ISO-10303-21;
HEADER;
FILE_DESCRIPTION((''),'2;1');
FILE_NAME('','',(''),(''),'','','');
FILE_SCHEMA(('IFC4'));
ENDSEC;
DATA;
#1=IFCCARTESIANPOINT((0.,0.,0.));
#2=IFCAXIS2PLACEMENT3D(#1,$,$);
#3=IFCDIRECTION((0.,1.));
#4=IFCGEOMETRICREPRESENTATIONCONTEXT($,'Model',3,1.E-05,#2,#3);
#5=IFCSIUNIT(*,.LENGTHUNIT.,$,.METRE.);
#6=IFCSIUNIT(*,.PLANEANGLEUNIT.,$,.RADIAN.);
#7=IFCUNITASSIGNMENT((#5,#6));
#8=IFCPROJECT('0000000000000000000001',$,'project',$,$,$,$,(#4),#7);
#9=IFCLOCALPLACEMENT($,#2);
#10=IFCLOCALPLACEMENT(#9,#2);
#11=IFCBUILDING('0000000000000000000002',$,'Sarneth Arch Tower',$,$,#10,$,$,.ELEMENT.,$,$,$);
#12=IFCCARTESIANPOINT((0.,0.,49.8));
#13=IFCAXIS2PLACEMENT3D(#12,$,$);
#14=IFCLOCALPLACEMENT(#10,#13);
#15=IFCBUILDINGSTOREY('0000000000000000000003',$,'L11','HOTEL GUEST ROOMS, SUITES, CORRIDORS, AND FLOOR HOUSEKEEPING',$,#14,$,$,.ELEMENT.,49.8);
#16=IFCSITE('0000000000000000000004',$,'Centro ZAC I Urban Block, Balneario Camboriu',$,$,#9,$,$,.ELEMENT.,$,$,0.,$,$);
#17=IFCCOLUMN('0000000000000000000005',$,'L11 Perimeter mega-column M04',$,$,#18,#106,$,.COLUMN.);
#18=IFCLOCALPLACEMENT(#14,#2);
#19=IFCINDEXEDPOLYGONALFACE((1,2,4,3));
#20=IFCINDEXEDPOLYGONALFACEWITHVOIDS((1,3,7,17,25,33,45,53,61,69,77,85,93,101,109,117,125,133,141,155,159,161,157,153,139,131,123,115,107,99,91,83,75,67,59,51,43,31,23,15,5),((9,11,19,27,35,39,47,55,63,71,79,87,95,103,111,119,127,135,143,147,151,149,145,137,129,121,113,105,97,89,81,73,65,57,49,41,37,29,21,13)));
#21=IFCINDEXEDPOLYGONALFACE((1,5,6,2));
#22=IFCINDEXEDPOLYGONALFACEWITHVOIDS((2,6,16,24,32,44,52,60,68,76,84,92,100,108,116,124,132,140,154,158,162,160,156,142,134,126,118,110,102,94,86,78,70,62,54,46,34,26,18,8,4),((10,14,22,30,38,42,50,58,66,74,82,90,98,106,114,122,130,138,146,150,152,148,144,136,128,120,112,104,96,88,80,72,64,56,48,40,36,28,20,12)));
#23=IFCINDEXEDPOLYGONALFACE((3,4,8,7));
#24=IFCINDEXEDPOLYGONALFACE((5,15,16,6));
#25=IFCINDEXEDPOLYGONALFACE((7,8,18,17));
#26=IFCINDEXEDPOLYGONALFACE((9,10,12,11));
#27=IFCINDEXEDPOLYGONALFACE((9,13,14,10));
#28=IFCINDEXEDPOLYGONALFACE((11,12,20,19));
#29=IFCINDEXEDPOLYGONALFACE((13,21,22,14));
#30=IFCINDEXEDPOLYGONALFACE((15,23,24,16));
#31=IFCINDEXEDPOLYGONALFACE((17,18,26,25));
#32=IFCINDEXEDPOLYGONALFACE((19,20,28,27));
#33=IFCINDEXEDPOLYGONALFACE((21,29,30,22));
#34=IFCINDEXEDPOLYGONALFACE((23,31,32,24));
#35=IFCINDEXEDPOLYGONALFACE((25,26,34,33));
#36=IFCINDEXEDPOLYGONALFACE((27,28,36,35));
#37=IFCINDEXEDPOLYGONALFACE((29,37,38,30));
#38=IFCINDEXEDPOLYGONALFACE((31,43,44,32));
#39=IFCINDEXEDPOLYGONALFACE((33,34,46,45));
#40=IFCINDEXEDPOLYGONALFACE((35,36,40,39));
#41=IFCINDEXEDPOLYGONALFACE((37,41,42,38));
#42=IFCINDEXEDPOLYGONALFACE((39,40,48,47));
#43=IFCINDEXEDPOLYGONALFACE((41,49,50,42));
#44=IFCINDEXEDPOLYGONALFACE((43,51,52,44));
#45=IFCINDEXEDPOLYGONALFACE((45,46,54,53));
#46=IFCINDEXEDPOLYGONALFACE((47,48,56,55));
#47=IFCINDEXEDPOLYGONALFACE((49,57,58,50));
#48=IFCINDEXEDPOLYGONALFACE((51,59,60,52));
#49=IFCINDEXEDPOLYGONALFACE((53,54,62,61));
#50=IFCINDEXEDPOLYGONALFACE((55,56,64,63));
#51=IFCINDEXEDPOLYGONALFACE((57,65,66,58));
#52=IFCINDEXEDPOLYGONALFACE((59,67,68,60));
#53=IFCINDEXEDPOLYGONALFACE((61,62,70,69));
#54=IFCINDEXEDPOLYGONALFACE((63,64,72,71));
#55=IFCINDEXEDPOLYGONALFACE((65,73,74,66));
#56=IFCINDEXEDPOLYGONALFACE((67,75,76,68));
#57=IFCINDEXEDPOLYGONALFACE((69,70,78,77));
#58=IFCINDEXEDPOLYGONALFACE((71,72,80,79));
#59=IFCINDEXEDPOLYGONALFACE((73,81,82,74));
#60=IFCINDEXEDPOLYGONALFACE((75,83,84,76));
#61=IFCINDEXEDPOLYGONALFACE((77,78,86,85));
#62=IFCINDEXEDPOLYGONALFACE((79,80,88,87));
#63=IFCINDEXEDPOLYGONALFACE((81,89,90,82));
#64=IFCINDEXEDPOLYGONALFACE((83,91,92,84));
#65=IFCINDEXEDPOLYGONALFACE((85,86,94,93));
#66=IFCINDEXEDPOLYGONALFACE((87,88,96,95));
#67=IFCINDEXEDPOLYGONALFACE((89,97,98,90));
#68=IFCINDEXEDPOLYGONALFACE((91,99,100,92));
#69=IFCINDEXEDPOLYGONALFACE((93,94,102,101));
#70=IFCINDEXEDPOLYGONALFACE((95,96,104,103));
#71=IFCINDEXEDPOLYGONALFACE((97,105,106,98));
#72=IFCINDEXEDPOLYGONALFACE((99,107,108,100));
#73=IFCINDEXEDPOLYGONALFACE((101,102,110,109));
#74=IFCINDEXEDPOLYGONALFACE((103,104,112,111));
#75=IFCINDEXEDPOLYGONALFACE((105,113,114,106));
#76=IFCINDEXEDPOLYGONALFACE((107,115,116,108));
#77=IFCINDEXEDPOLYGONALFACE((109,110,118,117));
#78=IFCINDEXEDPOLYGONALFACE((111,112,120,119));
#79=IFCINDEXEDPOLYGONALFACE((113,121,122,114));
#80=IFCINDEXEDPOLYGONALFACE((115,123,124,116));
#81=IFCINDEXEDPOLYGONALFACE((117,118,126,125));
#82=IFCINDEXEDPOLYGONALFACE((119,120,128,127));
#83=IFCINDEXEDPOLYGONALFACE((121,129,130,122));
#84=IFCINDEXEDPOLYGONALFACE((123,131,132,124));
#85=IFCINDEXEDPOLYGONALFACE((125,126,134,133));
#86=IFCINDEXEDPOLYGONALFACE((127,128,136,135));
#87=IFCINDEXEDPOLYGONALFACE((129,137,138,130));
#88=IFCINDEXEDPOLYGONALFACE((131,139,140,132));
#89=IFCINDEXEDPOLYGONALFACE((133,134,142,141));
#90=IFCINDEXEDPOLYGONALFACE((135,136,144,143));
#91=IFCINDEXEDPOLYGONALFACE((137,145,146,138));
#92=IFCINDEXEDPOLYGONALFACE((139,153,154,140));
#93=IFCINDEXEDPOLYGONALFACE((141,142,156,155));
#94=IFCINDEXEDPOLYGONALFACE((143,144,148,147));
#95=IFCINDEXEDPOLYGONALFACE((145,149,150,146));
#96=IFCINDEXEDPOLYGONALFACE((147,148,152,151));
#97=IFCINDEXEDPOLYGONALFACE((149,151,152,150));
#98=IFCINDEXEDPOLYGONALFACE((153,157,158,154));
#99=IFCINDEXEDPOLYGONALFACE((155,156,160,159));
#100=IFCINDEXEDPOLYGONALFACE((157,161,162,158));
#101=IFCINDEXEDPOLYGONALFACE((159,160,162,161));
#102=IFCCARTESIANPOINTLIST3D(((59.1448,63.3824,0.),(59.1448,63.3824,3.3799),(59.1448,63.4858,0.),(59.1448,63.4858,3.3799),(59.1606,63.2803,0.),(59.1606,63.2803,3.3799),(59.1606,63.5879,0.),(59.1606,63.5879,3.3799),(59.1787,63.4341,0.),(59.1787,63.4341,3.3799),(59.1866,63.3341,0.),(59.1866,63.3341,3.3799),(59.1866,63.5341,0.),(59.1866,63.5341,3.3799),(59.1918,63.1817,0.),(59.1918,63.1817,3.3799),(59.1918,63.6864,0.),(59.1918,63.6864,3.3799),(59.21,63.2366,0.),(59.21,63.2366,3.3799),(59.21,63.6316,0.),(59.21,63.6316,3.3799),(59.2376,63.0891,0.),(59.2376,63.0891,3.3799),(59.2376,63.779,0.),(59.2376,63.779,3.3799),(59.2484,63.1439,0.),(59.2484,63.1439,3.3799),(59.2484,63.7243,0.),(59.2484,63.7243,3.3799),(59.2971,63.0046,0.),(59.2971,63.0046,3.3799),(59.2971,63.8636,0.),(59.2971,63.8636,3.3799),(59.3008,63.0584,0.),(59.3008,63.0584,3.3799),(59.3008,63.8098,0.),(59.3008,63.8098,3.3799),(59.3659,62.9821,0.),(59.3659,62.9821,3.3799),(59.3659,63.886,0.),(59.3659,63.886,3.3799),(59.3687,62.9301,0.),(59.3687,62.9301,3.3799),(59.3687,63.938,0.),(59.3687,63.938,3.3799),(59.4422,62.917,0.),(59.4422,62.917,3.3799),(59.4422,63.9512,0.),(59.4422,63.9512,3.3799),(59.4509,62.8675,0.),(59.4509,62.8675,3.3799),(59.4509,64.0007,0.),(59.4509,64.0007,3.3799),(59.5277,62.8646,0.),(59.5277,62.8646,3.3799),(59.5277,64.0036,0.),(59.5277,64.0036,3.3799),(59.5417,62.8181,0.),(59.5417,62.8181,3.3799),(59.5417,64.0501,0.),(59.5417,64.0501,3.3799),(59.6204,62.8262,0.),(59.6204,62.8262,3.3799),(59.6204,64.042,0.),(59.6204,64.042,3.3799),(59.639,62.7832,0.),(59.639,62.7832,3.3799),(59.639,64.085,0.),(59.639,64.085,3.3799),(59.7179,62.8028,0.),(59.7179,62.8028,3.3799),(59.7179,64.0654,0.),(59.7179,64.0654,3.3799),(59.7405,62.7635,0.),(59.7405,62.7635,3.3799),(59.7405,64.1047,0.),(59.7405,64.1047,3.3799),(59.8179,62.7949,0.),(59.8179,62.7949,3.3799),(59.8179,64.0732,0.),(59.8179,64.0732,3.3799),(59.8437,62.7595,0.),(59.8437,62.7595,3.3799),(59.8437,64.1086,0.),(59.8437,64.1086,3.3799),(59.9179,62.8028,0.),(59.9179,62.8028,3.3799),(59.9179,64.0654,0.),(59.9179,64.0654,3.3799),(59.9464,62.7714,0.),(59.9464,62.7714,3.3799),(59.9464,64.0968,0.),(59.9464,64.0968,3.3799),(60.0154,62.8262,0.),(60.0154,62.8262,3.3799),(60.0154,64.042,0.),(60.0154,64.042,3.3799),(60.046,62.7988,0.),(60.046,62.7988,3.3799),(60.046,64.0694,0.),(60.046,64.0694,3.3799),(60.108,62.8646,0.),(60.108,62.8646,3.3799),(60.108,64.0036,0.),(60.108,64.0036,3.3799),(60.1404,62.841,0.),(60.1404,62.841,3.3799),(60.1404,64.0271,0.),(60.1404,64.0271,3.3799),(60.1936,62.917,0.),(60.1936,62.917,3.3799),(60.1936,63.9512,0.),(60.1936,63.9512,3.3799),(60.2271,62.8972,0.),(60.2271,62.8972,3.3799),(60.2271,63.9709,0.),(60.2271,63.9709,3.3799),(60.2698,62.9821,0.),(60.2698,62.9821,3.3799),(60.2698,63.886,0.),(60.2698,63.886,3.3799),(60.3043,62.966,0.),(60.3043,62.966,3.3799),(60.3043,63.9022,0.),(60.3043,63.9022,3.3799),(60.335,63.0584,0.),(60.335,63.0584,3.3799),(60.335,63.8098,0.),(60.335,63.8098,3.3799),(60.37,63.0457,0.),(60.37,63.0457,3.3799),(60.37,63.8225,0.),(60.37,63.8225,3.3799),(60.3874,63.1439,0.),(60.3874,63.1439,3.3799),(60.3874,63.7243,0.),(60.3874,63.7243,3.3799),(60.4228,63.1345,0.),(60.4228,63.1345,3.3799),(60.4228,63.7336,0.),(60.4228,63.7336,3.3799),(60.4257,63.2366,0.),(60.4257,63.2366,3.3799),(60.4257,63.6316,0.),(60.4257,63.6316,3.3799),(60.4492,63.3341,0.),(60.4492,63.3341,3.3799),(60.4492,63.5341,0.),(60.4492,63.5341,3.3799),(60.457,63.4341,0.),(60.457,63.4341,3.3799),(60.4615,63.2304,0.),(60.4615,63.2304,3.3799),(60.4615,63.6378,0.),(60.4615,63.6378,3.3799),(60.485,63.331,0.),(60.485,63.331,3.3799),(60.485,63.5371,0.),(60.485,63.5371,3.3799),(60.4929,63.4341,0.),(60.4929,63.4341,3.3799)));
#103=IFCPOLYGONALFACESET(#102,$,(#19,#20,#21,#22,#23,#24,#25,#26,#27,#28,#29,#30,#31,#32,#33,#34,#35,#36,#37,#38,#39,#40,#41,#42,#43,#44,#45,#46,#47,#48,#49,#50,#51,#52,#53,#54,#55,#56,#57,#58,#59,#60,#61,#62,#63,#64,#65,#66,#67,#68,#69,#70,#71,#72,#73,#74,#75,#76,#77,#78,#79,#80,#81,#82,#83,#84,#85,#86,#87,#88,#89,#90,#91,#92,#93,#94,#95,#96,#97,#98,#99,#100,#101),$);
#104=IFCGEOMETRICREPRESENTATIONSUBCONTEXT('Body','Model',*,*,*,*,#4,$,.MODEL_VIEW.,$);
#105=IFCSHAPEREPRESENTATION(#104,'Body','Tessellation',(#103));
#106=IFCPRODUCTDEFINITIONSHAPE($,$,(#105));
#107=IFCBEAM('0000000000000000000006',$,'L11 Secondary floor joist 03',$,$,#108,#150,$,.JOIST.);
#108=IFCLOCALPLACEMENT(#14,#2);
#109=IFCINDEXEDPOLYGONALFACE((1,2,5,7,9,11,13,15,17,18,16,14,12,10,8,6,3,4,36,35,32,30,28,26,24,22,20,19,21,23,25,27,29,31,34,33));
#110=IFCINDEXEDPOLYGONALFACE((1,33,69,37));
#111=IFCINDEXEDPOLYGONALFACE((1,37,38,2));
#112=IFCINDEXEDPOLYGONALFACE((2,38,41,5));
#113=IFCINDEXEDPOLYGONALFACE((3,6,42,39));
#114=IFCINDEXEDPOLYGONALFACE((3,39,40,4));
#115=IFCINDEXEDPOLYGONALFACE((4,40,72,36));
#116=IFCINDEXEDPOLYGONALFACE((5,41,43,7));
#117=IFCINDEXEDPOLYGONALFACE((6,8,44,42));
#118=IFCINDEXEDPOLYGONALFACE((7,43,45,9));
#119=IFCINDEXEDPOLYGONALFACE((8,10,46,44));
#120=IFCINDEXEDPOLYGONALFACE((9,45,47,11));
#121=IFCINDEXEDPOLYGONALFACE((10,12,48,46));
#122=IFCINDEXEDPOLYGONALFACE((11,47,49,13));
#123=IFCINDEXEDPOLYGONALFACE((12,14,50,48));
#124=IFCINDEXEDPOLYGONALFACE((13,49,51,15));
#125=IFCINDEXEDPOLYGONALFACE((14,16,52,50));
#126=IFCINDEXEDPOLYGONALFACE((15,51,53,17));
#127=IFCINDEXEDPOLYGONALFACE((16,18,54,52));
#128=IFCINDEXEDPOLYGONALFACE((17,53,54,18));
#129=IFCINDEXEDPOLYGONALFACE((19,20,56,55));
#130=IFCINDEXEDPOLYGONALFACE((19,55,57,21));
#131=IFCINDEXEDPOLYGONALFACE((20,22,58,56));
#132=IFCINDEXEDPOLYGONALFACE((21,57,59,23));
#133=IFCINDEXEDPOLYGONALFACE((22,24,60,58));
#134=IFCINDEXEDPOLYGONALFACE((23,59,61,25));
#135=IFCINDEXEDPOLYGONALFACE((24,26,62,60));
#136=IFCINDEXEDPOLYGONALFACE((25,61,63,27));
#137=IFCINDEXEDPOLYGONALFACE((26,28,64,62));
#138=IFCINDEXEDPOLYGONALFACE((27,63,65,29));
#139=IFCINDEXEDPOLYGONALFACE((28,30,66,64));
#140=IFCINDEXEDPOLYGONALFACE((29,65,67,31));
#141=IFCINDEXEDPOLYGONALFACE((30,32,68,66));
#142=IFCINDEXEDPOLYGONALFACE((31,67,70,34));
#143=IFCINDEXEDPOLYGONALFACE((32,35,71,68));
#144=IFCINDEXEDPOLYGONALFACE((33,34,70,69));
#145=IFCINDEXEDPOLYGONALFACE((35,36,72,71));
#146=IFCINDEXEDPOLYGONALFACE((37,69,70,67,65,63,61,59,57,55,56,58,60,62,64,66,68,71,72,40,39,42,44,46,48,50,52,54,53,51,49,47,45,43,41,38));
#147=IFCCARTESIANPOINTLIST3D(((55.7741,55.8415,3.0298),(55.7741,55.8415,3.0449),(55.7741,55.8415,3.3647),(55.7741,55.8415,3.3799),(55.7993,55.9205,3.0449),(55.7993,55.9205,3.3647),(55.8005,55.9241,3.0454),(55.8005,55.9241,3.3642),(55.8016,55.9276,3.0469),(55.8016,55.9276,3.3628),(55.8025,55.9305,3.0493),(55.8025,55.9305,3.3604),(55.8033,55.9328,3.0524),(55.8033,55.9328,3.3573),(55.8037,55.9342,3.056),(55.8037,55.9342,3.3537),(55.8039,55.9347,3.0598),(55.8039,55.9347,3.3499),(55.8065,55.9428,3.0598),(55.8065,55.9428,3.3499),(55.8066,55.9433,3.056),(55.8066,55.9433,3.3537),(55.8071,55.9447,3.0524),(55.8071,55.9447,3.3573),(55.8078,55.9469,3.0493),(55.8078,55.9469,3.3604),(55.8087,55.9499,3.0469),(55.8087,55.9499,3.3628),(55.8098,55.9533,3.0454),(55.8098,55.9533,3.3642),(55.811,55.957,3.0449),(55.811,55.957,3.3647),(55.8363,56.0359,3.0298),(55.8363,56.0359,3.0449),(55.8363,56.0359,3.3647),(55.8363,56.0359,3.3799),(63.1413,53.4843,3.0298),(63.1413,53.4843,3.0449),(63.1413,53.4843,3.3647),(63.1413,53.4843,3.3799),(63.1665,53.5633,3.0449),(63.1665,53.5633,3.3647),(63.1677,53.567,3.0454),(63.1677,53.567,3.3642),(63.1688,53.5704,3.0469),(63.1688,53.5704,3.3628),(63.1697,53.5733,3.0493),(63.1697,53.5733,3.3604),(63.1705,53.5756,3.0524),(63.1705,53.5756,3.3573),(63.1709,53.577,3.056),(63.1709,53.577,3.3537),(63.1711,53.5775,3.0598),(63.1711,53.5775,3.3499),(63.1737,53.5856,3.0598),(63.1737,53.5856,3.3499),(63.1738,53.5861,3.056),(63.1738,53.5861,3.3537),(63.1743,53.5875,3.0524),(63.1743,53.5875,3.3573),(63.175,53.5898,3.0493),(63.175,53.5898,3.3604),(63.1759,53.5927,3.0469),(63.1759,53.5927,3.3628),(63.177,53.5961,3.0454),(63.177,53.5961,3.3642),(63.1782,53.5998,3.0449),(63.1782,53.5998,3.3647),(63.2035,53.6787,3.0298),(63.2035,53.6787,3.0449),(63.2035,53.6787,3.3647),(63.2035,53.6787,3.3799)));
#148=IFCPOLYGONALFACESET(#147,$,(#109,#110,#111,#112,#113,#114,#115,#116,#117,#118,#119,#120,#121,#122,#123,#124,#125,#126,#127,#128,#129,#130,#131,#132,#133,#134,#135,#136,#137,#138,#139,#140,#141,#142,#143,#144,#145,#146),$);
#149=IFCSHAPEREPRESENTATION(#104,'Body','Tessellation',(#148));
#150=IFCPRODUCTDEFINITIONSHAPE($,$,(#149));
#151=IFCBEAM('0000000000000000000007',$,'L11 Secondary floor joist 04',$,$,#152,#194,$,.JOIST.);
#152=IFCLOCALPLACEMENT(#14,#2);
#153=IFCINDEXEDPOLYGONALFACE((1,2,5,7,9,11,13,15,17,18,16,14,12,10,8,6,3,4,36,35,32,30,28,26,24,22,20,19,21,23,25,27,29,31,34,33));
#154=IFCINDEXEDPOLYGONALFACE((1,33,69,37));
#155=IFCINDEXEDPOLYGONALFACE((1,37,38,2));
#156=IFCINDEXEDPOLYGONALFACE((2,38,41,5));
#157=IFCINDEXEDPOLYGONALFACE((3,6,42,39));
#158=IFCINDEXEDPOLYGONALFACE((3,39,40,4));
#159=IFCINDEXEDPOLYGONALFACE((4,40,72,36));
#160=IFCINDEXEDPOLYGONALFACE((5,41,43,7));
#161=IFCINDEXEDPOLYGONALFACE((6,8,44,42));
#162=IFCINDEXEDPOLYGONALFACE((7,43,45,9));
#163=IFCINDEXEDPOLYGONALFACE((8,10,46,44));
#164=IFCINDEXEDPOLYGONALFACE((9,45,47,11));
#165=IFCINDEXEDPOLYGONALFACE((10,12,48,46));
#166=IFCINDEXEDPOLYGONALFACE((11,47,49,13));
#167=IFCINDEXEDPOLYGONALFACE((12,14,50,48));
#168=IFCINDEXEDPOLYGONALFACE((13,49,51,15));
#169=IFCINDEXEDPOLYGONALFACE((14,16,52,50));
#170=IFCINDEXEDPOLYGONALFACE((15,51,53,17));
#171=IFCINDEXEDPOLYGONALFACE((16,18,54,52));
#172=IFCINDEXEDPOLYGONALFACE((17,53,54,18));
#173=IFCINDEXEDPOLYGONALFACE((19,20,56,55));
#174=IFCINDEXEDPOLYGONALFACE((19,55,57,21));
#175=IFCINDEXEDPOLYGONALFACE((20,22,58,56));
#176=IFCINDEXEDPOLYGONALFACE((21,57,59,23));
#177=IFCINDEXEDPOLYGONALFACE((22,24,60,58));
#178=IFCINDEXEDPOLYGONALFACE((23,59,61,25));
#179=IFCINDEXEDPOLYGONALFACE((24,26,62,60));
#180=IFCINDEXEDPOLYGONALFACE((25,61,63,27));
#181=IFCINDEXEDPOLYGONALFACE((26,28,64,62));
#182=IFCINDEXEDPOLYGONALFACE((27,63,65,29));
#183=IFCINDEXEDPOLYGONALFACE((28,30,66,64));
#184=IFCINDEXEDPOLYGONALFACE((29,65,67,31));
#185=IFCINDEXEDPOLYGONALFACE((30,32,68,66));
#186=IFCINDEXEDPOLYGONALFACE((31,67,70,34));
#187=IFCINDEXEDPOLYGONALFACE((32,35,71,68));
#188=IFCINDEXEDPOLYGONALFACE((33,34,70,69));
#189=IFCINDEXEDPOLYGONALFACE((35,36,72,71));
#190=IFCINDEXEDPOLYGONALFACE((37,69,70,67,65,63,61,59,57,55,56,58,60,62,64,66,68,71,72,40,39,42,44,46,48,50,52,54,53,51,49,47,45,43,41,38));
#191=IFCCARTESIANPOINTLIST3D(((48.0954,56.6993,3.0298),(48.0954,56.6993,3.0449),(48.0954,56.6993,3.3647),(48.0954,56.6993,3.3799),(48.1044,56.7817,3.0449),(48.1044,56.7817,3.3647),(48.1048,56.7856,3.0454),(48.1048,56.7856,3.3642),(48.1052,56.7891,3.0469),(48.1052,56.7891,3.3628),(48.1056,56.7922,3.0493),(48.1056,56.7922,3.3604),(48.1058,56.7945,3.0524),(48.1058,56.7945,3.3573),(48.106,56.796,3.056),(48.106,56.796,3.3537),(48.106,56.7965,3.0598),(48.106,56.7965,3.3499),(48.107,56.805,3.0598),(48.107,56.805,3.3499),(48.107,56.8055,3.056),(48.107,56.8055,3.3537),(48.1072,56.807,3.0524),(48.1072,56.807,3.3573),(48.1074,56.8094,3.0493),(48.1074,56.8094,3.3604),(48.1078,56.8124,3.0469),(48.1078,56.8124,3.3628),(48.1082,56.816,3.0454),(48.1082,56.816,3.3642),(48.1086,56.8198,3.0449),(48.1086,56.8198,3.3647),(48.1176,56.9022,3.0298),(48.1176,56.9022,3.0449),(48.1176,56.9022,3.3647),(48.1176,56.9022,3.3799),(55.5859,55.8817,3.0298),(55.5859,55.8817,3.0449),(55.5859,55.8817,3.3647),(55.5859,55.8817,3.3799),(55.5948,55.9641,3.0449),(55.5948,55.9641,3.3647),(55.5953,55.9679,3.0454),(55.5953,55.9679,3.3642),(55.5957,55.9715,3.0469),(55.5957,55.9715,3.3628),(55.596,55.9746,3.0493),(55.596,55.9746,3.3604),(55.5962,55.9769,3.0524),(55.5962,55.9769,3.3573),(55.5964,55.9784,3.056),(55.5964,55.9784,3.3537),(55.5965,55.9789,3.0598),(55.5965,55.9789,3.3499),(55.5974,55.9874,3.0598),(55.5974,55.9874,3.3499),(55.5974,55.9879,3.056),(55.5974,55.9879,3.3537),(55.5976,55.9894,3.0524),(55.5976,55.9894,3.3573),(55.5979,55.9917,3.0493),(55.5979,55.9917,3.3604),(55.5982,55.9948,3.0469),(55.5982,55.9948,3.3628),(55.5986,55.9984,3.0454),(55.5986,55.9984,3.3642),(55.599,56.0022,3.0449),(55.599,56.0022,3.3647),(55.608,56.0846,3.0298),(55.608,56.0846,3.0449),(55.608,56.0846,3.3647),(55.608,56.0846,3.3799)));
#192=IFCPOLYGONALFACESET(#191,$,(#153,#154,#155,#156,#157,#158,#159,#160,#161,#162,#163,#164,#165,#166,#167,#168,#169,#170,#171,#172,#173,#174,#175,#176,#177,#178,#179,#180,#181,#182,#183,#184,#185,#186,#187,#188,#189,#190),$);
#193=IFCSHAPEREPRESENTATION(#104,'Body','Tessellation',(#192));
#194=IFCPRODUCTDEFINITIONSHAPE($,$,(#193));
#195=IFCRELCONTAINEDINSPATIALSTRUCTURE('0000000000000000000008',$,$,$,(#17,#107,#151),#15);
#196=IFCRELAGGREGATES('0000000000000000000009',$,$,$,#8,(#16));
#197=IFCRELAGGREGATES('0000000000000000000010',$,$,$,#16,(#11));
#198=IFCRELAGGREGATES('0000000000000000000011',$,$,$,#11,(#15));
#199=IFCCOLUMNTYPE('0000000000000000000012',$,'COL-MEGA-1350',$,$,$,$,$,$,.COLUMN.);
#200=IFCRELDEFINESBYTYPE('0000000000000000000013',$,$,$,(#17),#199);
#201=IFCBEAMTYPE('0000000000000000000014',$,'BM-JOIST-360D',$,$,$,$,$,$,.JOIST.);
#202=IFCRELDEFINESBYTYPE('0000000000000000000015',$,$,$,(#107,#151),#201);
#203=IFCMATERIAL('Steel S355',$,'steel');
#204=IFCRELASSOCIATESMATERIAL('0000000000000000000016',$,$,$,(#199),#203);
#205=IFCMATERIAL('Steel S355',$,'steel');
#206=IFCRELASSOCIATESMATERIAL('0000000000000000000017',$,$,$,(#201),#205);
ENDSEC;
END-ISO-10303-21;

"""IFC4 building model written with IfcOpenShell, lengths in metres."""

from ifc_helpers import new_model, si_unit, direction, frame, origin, origin_2d, place, context, subcontext, project, spatial, hollow_circle, i_section, extrude, material, material_profile, profile_set, type_object, element, save


model = new_model("IFC4")

# Units and contexts
model_context = context("Model", 3, precision=1e-05, world=origin(), true_north=direction((0.0, 1.0)))
body_context = subcontext(model_context, "Body", "Model", "MODEL_VIEW")
ifc_project = project(units=[si_unit("LENGTHUNIT", "METRE"), si_unit("PLANEANGLEUNIT", "RADIAN")], contexts=[model_context])

# Site, building, storey
site_placement = place(None, origin())
site = spatial("IfcSite", under=ifc_project, at=site_placement, Name="Centro ZAC I Urban Block, Balneario Camboriu", CompositionType="ELEMENT", RefElevation=0.0)
building_placement = place(site_placement, origin())
building = spatial("IfcBuilding", under=site, at=building_placement, Name="Sarneth Arch Tower", CompositionType="ELEMENT")
storey_placement = place(building_placement, frame((0.0, 0.0, 49.8)))
storey = spatial("IfcBuildingStorey", under=building, at=storey_placement, Name="L11", Description="HOTEL GUEST ROOMS, SUITES, CORRIDORS, AND FLOOR HOUSEKEEPING", CompositionType="ELEMENT", Elevation=49.8)

# Column
ifc_material_1 = material(Name="Steel S355", Category="steel")
ifc_material_profile_1 = material_profile(ifc_material_1, hollow_circle(Radius=0.675, WallThickness=0.0359, at=origin_2d()), Name="CHS1350x36")
ifc_profile_set_1 = profile_set([ifc_material_profile_1], Name="Steel S355")
column_type = type_object("IfcColumnType", Name="COL-MEGA-1350", PredefinedType="COLUMN", material=ifc_profile_set_1)
column_placement = place(storey_placement, frame((59.8179, 63.4341, 0.0), z_axis=(0.0, 0.0, 1.0), x_axis=(1.0, 0.0, 0.0)))
element("IfcColumn", 1, at=column_placement, inside=storey, type_object=column_type, Name="L11 Perimeter mega-column M04", PredefinedType="COLUMN", context=body_context, shape_type="SweptSolid", body=[
    extrude(hollow_circle(Radius=0.675, WallThickness=0.0359, at=origin_2d()), origin(), (0.0, 0.0, 1.0), 3.3799),
])

# Beams
ifc_material_2 = material(Name="Steel S355", Category="steel")
ifc_material_profile_2 = material_profile(ifc_material_2, i_section(OverallWidth=0.2041, OverallDepth=0.3501, WebThickness=0.0085, FlangeThickness=0.0151, FilletRadius=0.0149, at=origin_2d()), Name="W360x72")
ifc_profile_set_2 = profile_set([ifc_material_profile_2], Name="Steel S355")
beam_type_1 = type_object("IfcBeamType", Name="BM-JOIST-360D", PredefinedType="JOIST", material=ifc_profile_set_2)
beam_1_placement = place(storey_placement, frame((63.1724, 53.5815, 3.2048), z_axis=(-0.952436, 0.304738, 0.0), x_axis=(-0.304738, -0.952436, 0.0)))
element("IfcBeam", 2, at=beam_1_placement, inside=storey, type_object=beam_type_1, Name="L11 Secondary floor joist 03", PredefinedType="JOIST", context=body_context, shape_type="SweptSolid", body=[
    extrude(i_section(OverallWidth=0.2041, OverallDepth=0.3501, WebThickness=0.0085, FlangeThickness=0.0151, FilletRadius=0.0149, at=origin_2d()), origin(), (0.0, 0.0, 1.0), 7.7351),
])
beam_2_placement = place(storey_placement, frame((55.5969, 55.9832, 3.2048), z_axis=(-0.994095, 0.108511, 0.0), x_axis=(-0.108511, -0.994095, 0.0)))
element("IfcBeam", 3, at=beam_2_placement, inside=storey, type_object=beam_type_1, Name="L11 Secondary floor joist 04", PredefinedType="JOIST", context=body_context, shape_type="SweptSolid", body=[
    extrude(i_section(OverallWidth=0.2041, OverallDepth=0.3501, WebThickness=0.0085, FlangeThickness=0.0151, FilletRadius=0.0149, at=origin_2d()), origin(), (0.0, 0.0, 1.0), 7.5349),
])

save(model, "model.ifc")
